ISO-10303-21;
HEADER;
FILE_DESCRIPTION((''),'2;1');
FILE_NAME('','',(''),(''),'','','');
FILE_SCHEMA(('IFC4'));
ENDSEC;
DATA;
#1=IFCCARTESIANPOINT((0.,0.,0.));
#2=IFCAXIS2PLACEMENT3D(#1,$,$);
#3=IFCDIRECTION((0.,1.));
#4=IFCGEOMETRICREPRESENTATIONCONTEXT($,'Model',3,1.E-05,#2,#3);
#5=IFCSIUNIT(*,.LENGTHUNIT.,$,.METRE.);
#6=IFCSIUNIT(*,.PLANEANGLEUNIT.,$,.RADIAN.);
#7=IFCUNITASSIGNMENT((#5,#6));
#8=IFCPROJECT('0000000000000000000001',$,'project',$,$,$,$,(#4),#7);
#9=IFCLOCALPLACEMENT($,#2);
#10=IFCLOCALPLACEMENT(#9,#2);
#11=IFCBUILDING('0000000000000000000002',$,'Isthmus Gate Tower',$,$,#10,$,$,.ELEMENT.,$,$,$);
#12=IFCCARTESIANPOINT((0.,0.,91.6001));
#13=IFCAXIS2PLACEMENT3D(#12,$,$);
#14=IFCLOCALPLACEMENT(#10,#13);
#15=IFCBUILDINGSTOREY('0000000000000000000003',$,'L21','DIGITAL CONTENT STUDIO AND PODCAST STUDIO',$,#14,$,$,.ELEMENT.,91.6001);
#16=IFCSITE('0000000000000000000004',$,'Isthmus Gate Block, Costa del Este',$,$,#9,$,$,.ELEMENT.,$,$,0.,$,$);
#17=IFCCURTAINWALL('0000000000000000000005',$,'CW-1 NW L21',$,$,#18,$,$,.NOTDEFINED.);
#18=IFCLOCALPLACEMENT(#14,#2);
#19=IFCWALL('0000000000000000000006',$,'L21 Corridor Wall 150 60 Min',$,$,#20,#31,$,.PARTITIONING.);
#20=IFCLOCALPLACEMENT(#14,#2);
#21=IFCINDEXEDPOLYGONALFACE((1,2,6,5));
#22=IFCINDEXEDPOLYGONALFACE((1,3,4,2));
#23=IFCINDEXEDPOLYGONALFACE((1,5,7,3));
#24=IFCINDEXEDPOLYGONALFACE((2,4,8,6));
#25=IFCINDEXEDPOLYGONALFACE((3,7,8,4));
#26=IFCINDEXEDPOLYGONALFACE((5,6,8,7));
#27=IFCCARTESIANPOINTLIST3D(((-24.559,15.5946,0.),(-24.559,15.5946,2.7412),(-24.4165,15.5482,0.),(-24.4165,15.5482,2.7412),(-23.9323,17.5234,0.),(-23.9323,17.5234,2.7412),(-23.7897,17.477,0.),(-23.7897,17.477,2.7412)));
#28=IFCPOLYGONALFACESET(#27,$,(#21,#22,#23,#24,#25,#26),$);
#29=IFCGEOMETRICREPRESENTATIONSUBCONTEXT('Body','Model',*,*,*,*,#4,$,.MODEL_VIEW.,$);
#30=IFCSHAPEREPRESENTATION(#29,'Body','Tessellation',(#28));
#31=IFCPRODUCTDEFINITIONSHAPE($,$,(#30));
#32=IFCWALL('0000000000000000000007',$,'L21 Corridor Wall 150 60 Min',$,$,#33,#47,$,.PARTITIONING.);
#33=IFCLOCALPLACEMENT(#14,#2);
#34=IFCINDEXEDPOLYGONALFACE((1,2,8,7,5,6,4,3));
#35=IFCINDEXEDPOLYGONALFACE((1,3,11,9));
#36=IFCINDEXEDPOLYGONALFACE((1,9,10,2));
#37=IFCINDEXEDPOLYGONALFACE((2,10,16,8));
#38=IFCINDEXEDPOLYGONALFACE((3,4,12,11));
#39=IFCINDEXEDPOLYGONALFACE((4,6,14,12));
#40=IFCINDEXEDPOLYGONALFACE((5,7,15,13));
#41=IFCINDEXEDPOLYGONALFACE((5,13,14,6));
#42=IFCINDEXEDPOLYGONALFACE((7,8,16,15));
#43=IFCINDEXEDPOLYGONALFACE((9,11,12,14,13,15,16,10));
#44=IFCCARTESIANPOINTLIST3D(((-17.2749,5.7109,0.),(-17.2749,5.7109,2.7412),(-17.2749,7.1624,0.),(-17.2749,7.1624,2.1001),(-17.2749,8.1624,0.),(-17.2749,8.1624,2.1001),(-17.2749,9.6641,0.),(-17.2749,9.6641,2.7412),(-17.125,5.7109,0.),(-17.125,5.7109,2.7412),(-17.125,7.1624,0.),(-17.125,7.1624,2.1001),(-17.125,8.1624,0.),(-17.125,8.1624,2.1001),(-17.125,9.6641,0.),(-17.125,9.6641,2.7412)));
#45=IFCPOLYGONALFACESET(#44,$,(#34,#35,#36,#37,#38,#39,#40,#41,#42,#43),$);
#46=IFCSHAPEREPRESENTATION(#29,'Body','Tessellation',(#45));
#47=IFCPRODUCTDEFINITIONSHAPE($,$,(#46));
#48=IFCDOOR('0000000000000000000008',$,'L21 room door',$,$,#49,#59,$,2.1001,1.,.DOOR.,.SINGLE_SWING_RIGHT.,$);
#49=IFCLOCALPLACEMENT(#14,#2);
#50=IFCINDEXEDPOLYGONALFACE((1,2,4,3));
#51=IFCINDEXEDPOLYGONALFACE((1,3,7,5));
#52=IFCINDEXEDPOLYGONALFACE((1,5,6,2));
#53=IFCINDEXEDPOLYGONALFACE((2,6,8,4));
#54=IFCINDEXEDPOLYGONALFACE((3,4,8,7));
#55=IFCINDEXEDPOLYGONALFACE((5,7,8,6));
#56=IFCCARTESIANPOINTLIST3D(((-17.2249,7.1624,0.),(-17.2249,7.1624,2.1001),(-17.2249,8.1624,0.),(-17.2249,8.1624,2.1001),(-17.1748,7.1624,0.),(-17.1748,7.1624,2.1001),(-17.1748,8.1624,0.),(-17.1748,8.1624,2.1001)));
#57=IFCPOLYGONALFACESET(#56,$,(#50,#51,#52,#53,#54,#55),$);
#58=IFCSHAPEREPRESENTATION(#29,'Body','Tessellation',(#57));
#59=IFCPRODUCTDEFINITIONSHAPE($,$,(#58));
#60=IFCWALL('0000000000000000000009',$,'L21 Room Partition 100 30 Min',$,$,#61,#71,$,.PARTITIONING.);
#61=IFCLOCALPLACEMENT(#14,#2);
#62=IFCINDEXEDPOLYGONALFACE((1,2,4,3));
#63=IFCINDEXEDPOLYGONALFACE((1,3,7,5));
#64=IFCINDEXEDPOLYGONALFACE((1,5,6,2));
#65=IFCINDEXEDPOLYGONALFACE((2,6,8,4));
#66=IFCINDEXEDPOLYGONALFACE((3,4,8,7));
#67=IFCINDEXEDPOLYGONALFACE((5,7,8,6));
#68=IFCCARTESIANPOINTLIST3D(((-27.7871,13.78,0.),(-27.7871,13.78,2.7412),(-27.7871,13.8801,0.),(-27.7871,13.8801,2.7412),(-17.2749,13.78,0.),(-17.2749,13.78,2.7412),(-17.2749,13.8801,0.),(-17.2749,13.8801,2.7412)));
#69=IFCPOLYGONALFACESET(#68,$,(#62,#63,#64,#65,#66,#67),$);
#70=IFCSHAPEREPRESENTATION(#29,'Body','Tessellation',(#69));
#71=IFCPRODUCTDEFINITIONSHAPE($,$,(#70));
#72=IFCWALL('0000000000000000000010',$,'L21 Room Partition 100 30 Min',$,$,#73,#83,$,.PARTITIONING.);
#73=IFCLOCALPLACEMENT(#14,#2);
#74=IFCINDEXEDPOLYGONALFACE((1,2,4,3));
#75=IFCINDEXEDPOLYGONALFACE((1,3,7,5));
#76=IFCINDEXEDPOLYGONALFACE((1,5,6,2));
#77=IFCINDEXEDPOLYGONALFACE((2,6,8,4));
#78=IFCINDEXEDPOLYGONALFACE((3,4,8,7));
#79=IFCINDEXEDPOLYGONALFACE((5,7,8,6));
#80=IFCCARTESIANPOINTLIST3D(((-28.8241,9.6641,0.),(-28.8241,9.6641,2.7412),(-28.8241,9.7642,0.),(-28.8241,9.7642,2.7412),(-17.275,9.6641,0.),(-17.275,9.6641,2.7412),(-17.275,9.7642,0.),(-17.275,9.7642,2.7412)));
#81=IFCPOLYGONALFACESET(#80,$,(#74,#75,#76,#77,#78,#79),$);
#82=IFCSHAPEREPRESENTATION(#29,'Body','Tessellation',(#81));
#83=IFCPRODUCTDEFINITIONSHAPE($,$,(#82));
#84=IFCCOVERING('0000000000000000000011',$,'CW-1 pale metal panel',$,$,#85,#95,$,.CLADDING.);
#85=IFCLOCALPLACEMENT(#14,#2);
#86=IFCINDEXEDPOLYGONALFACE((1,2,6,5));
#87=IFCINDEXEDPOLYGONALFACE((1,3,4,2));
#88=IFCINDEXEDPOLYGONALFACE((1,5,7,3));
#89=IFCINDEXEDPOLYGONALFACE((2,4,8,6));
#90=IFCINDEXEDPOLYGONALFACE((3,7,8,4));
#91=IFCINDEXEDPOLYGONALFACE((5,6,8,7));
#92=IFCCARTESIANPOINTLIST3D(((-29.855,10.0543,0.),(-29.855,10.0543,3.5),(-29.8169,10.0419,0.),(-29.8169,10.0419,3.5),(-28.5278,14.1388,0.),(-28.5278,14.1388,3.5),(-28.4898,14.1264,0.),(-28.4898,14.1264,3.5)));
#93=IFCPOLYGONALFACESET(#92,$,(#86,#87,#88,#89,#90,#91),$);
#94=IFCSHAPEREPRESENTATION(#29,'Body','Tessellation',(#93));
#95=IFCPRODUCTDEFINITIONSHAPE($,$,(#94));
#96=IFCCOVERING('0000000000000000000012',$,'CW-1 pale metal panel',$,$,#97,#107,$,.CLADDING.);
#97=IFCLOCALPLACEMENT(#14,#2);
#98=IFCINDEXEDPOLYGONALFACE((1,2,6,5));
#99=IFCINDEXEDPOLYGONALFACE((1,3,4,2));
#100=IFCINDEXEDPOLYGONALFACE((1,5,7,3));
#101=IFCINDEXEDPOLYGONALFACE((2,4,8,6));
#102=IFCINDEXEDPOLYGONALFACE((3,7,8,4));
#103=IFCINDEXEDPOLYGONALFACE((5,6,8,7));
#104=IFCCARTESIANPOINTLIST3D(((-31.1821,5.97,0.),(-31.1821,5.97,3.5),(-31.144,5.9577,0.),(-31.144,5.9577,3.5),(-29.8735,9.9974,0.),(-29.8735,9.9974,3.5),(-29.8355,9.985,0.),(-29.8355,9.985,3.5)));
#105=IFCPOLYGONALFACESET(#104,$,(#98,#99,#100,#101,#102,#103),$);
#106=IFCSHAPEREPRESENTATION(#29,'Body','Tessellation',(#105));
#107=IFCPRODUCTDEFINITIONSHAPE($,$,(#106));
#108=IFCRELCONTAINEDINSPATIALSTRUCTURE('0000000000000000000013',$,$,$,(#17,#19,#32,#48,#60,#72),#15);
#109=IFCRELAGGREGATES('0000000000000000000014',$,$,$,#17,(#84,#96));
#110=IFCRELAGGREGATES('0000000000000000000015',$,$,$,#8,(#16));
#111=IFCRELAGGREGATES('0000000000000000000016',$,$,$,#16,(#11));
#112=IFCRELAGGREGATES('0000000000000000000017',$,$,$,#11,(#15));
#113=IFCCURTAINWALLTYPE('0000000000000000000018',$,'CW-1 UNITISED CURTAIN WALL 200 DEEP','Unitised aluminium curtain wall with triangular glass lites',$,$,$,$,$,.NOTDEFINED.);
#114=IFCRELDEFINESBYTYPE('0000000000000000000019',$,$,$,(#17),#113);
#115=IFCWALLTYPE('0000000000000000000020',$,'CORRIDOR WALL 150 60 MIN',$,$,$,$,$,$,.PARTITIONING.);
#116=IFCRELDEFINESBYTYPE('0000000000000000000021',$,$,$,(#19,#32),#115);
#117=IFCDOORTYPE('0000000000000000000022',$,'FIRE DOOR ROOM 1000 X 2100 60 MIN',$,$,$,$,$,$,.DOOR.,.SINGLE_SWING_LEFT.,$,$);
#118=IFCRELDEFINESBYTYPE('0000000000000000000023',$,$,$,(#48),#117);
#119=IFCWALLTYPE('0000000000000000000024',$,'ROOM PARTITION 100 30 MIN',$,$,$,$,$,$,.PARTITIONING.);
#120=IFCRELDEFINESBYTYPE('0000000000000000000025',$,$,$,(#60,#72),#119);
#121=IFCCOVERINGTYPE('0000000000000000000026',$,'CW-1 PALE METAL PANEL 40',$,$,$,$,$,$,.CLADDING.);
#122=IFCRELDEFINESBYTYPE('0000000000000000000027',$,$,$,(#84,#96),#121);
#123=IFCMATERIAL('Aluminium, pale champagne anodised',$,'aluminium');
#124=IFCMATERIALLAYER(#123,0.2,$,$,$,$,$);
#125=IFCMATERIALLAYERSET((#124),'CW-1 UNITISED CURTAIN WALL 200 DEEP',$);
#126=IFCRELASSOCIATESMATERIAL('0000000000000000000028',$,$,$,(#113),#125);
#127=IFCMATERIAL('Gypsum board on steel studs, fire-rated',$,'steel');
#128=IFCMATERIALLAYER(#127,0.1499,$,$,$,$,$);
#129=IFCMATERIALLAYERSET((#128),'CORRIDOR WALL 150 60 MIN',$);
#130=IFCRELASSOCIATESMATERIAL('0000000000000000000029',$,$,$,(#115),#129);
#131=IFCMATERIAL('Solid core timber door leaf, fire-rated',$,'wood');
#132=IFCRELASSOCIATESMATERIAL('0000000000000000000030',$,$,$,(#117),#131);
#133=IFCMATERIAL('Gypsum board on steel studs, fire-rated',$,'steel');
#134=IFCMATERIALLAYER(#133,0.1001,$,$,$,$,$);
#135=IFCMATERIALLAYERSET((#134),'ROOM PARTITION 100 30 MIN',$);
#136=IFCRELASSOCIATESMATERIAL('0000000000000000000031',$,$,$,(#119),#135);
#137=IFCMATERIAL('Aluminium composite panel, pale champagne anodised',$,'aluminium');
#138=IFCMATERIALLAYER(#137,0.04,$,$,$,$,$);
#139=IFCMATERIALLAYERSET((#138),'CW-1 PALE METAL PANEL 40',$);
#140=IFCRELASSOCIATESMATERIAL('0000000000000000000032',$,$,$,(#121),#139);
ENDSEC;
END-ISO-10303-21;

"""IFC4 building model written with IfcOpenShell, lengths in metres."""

from ifc_helpers import new_model, si_unit, direction, frame, frame_2d, origin, origin_2d, place, context, subcontext, project, spatial, rectangle, extrude, material, layer, layer_set, type_object, element, fill, aggregate, save


model = new_model("IFC4")

# Units and contexts
model_context = context("Model", 3, precision=1e-05, world=origin(), true_north=direction((0.0, 1.0)))
body_context = subcontext(model_context, "Body", "Model", "MODEL_VIEW")
ifc_project = project(units=[si_unit("LENGTHUNIT", "METRE"), si_unit("PLANEANGLEUNIT", "RADIAN")], contexts=[model_context])

# Site, building, storey
site_placement = place(None, origin())
site = spatial("IfcSite", under=ifc_project, at=site_placement, Name="Isthmus Gate Block, Costa del Este", CompositionType="ELEMENT", RefElevation=0.0)
building_placement = place(site_placement, origin())
building = spatial("IfcBuilding", under=site, at=building_placement, Name="Isthmus Gate Tower", CompositionType="ELEMENT")
storey_placement = place(building_placement, frame((0.0, 0.0, 91.6001)))
storey = spatial("IfcBuildingStorey", under=building, at=storey_placement, Name="L21", Description="DIGITAL CONTENT STUDIO AND PODCAST STUDIO", CompositionType="ELEMENT", Elevation=91.6001)

# Curtain wall
ifc_material_1 = material(Name="Aluminium, pale champagne anodised", Category="aluminium")
ifc_layer_1 = layer(ifc_material_1, 0.2)
ifc_layer_set_1 = layer_set([ifc_layer_1], Name="CW-1 UNITISED CURTAIN WALL 200 DEEP")
curtain_wall_type = type_object("IfcCurtainWallType", Name="CW-1 UNITISED CURTAIN WALL 200 DEEP", Description="Unitised aluminium curtain wall with triangular glass lites", PredefinedType="NOTDEFINED", material=ifc_layer_set_1)
curtain_wall_placement = place(storey_placement, origin())
curtain_wall = element("IfcCurtainWall", 1, at=curtain_wall_placement, inside=storey, type_object=curtain_wall_type, Name="CW-1 NW L21", PredefinedType="NOTDEFINED")

# Wall
ifc_material_2 = material(Name="Gypsum board on steel studs, fire-rated", Category="steel")
ifc_layer_2 = layer(ifc_material_2, 0.1499)
ifc_layer_set_2 = layer_set([ifc_layer_2], Name="CORRIDOR WALL 150 60 MIN")
wall_type_1 = type_object("IfcWallType", Name="CORRIDOR WALL 150 60 MIN", PredefinedType="PARTITIONING", material=ifc_layer_set_2)
wall_1_placement = place(storey_placement, frame((-24.4878, 15.5713, 0.0), z_axis=(0.0, 0.0, 1.0), x_axis=(0.309032, 0.951052, 0.0)))
element("IfcWall", 2, at=wall_1_placement, inside=storey, type_object=wall_type_1, Name="L21 Corridor Wall 150 60 Min", PredefinedType="PARTITIONING", context=body_context, shape_type="SweptSolid", body=[
    extrude(rectangle(XDim=2.0281, YDim=0.1499, at=frame_2d((1.0142, 0.0))), origin(), (0.0, 0.0, 1.0), 2.7412),
])

# Wall, opening, door
wall_2_placement = place(storey_placement, frame((-17.2, 5.7109, 0.0), z_axis=(0.0, 0.0, 1.0), x_axis=(0.0, 1.0, 0.0)))
wall_2 = element("IfcWall", 3, at=wall_2_placement, inside=storey, type_object=wall_type_1, Name="L21 Corridor Wall 150 60 Min", PredefinedType="PARTITIONING", context=body_context, shape_type="SweptSolid", body=[
    extrude(rectangle(XDim=3.9531, YDim=0.1499, at=frame_2d((1.9766, 0.0))), origin(), (0.0, 0.0, 1.0), 2.7412),
])
opening_placement = place(wall_2_placement, frame((1.4514, 0.0, 0.0)))
opening = element("IfcOpeningElement", 4, at=opening_placement, cuts=wall_2, PredefinedType="OPENING", context=body_context, shape_type="SweptSolid", body=[
    extrude(rectangle(XDim=1.0, YDim=2.1001, at=frame_2d((0.5, 1.05))), frame((0.0, 0.085, 0.0), z_axis=(0.0, -1.0, 0.0), x_axis=(1.0, 0.0, 0.0)), (0.0, 0.0, 1.0), 0.1699),
])
ifc_material_3 = material(Name="Solid core timber door leaf, fire-rated", Category="wood")
door_type = type_object("IfcDoorType", Name="FIRE DOOR ROOM 1000 X 2100 60 MIN", OperationType="SINGLE_SWING_LEFT", PredefinedType="DOOR", material=ifc_material_3)
door_placement = place(opening_placement, origin())
door = element("IfcDoor", 5, at=door_placement, inside=storey, type_object=door_type, Name="L21 room door", OperationType="SINGLE_SWING_RIGHT", OverallHeight=2.1001, OverallWidth=1.0, PredefinedType="DOOR", context=body_context, shape_type="SweptSolid", body=[
    extrude(rectangle(XDim=1.0, YDim=2.1001, at=frame_2d((0.5, 1.05))), frame((0.0, 0.0249, 0.0), z_axis=(0.0, -1.0, 0.0), x_axis=(1.0, 0.0, 0.0)), (0.0, 0.0, 1.0), 0.05),
])
fill(opening, door)

# Walls
ifc_material_4 = material(Name="Gypsum board on steel studs, fire-rated", Category="steel")
ifc_layer_3 = layer(ifc_material_4, 0.1001)
ifc_layer_set_3 = layer_set([ifc_layer_3], Name="ROOM PARTITION 100 30 MIN")
wall_type_2 = type_object("IfcWallType", Name="ROOM PARTITION 100 30 MIN", PredefinedType="PARTITIONING", material=ifc_layer_set_3)
wall_3_placement = place(storey_placement, frame((-27.7871, 13.8301, 0.0), z_axis=(0.0, 0.0, 1.0), x_axis=(1.0, 0.0, 0.0)))
element("IfcWall", 6, at=wall_3_placement, inside=storey, type_object=wall_type_2, Name="L21 Room Partition 100 30 Min", PredefinedType="PARTITIONING", context=body_context, shape_type="SweptSolid", body=[
    extrude(rectangle(XDim=10.5122, YDim=0.1001, at=frame_2d((5.2561, 0.0))), origin(), (0.0, 0.0, 1.0), 2.7412),
])
wall_4_placement = place(storey_placement, frame((-28.824, 9.7141, 0.0), z_axis=(0.0, 0.0, 1.0), x_axis=(1.0, 0.0, 0.0)))
element("IfcWall", 7, at=wall_4_placement, inside=storey, type_object=wall_type_2, Name="L21 Room Partition 100 30 Min", PredefinedType="PARTITIONING", context=body_context, shape_type="SweptSolid", body=[
    extrude(rectangle(XDim=11.5491, YDim=0.1001, at=frame_2d((5.7744, 0.0))), origin(), (0.0, 0.0, 1.0), 2.7412),
])

# Coverings
ifc_material_5 = material(Name="Aluminium composite panel, pale champagne anodised", Category="aluminium")
ifc_layer_4 = layer(ifc_material_5, 0.04)
ifc_layer_set_4 = layer_set([ifc_layer_4], Name="CW-1 PALE METAL PANEL 40")
covering_type = type_object("IfcCoveringType", Name="CW-1 PALE METAL PANEL 40", PredefinedType="CLADDING", material=ifc_layer_set_4)
covering_1_placement = place(storey_placement, frame((-29.1724, 12.0903, 0.0), z_axis=(0.0, 0.0, 1.0), x_axis=(-0.309017, -0.951057, 0.0)))
covering_1 = element("IfcCovering", 8, at=covering_1_placement, type_object=covering_type, Name="CW-1 pale metal panel", PredefinedType="CLADDING", context=body_context, shape_type="SweptSolid", body=[
    extrude(rectangle(XDim=4.2947, YDim=0.04, at=origin_2d()), origin(), (0.0, 0.0, 1.0), 3.5),
])
covering_2_placement = place(storey_placement, frame((-30.5088, 7.9775, 0.0), z_axis=(0.0, 0.0, 1.0), x_axis=(-0.309017, -0.951057, 0.0)))
covering_2 = element("IfcCovering", 9, at=covering_2_placement, type_object=covering_type, Name="CW-1 pale metal panel", PredefinedType="CLADDING", context=body_context, shape_type="SweptSolid", body=[
    extrude(rectangle(XDim=4.2346, YDim=0.04, at=origin_2d()), origin(), (0.0, 0.0, 1.0), 3.5),
])
aggregate(curtain_wall, [covering_1, covering_2])

save(model, "model.ifc")
